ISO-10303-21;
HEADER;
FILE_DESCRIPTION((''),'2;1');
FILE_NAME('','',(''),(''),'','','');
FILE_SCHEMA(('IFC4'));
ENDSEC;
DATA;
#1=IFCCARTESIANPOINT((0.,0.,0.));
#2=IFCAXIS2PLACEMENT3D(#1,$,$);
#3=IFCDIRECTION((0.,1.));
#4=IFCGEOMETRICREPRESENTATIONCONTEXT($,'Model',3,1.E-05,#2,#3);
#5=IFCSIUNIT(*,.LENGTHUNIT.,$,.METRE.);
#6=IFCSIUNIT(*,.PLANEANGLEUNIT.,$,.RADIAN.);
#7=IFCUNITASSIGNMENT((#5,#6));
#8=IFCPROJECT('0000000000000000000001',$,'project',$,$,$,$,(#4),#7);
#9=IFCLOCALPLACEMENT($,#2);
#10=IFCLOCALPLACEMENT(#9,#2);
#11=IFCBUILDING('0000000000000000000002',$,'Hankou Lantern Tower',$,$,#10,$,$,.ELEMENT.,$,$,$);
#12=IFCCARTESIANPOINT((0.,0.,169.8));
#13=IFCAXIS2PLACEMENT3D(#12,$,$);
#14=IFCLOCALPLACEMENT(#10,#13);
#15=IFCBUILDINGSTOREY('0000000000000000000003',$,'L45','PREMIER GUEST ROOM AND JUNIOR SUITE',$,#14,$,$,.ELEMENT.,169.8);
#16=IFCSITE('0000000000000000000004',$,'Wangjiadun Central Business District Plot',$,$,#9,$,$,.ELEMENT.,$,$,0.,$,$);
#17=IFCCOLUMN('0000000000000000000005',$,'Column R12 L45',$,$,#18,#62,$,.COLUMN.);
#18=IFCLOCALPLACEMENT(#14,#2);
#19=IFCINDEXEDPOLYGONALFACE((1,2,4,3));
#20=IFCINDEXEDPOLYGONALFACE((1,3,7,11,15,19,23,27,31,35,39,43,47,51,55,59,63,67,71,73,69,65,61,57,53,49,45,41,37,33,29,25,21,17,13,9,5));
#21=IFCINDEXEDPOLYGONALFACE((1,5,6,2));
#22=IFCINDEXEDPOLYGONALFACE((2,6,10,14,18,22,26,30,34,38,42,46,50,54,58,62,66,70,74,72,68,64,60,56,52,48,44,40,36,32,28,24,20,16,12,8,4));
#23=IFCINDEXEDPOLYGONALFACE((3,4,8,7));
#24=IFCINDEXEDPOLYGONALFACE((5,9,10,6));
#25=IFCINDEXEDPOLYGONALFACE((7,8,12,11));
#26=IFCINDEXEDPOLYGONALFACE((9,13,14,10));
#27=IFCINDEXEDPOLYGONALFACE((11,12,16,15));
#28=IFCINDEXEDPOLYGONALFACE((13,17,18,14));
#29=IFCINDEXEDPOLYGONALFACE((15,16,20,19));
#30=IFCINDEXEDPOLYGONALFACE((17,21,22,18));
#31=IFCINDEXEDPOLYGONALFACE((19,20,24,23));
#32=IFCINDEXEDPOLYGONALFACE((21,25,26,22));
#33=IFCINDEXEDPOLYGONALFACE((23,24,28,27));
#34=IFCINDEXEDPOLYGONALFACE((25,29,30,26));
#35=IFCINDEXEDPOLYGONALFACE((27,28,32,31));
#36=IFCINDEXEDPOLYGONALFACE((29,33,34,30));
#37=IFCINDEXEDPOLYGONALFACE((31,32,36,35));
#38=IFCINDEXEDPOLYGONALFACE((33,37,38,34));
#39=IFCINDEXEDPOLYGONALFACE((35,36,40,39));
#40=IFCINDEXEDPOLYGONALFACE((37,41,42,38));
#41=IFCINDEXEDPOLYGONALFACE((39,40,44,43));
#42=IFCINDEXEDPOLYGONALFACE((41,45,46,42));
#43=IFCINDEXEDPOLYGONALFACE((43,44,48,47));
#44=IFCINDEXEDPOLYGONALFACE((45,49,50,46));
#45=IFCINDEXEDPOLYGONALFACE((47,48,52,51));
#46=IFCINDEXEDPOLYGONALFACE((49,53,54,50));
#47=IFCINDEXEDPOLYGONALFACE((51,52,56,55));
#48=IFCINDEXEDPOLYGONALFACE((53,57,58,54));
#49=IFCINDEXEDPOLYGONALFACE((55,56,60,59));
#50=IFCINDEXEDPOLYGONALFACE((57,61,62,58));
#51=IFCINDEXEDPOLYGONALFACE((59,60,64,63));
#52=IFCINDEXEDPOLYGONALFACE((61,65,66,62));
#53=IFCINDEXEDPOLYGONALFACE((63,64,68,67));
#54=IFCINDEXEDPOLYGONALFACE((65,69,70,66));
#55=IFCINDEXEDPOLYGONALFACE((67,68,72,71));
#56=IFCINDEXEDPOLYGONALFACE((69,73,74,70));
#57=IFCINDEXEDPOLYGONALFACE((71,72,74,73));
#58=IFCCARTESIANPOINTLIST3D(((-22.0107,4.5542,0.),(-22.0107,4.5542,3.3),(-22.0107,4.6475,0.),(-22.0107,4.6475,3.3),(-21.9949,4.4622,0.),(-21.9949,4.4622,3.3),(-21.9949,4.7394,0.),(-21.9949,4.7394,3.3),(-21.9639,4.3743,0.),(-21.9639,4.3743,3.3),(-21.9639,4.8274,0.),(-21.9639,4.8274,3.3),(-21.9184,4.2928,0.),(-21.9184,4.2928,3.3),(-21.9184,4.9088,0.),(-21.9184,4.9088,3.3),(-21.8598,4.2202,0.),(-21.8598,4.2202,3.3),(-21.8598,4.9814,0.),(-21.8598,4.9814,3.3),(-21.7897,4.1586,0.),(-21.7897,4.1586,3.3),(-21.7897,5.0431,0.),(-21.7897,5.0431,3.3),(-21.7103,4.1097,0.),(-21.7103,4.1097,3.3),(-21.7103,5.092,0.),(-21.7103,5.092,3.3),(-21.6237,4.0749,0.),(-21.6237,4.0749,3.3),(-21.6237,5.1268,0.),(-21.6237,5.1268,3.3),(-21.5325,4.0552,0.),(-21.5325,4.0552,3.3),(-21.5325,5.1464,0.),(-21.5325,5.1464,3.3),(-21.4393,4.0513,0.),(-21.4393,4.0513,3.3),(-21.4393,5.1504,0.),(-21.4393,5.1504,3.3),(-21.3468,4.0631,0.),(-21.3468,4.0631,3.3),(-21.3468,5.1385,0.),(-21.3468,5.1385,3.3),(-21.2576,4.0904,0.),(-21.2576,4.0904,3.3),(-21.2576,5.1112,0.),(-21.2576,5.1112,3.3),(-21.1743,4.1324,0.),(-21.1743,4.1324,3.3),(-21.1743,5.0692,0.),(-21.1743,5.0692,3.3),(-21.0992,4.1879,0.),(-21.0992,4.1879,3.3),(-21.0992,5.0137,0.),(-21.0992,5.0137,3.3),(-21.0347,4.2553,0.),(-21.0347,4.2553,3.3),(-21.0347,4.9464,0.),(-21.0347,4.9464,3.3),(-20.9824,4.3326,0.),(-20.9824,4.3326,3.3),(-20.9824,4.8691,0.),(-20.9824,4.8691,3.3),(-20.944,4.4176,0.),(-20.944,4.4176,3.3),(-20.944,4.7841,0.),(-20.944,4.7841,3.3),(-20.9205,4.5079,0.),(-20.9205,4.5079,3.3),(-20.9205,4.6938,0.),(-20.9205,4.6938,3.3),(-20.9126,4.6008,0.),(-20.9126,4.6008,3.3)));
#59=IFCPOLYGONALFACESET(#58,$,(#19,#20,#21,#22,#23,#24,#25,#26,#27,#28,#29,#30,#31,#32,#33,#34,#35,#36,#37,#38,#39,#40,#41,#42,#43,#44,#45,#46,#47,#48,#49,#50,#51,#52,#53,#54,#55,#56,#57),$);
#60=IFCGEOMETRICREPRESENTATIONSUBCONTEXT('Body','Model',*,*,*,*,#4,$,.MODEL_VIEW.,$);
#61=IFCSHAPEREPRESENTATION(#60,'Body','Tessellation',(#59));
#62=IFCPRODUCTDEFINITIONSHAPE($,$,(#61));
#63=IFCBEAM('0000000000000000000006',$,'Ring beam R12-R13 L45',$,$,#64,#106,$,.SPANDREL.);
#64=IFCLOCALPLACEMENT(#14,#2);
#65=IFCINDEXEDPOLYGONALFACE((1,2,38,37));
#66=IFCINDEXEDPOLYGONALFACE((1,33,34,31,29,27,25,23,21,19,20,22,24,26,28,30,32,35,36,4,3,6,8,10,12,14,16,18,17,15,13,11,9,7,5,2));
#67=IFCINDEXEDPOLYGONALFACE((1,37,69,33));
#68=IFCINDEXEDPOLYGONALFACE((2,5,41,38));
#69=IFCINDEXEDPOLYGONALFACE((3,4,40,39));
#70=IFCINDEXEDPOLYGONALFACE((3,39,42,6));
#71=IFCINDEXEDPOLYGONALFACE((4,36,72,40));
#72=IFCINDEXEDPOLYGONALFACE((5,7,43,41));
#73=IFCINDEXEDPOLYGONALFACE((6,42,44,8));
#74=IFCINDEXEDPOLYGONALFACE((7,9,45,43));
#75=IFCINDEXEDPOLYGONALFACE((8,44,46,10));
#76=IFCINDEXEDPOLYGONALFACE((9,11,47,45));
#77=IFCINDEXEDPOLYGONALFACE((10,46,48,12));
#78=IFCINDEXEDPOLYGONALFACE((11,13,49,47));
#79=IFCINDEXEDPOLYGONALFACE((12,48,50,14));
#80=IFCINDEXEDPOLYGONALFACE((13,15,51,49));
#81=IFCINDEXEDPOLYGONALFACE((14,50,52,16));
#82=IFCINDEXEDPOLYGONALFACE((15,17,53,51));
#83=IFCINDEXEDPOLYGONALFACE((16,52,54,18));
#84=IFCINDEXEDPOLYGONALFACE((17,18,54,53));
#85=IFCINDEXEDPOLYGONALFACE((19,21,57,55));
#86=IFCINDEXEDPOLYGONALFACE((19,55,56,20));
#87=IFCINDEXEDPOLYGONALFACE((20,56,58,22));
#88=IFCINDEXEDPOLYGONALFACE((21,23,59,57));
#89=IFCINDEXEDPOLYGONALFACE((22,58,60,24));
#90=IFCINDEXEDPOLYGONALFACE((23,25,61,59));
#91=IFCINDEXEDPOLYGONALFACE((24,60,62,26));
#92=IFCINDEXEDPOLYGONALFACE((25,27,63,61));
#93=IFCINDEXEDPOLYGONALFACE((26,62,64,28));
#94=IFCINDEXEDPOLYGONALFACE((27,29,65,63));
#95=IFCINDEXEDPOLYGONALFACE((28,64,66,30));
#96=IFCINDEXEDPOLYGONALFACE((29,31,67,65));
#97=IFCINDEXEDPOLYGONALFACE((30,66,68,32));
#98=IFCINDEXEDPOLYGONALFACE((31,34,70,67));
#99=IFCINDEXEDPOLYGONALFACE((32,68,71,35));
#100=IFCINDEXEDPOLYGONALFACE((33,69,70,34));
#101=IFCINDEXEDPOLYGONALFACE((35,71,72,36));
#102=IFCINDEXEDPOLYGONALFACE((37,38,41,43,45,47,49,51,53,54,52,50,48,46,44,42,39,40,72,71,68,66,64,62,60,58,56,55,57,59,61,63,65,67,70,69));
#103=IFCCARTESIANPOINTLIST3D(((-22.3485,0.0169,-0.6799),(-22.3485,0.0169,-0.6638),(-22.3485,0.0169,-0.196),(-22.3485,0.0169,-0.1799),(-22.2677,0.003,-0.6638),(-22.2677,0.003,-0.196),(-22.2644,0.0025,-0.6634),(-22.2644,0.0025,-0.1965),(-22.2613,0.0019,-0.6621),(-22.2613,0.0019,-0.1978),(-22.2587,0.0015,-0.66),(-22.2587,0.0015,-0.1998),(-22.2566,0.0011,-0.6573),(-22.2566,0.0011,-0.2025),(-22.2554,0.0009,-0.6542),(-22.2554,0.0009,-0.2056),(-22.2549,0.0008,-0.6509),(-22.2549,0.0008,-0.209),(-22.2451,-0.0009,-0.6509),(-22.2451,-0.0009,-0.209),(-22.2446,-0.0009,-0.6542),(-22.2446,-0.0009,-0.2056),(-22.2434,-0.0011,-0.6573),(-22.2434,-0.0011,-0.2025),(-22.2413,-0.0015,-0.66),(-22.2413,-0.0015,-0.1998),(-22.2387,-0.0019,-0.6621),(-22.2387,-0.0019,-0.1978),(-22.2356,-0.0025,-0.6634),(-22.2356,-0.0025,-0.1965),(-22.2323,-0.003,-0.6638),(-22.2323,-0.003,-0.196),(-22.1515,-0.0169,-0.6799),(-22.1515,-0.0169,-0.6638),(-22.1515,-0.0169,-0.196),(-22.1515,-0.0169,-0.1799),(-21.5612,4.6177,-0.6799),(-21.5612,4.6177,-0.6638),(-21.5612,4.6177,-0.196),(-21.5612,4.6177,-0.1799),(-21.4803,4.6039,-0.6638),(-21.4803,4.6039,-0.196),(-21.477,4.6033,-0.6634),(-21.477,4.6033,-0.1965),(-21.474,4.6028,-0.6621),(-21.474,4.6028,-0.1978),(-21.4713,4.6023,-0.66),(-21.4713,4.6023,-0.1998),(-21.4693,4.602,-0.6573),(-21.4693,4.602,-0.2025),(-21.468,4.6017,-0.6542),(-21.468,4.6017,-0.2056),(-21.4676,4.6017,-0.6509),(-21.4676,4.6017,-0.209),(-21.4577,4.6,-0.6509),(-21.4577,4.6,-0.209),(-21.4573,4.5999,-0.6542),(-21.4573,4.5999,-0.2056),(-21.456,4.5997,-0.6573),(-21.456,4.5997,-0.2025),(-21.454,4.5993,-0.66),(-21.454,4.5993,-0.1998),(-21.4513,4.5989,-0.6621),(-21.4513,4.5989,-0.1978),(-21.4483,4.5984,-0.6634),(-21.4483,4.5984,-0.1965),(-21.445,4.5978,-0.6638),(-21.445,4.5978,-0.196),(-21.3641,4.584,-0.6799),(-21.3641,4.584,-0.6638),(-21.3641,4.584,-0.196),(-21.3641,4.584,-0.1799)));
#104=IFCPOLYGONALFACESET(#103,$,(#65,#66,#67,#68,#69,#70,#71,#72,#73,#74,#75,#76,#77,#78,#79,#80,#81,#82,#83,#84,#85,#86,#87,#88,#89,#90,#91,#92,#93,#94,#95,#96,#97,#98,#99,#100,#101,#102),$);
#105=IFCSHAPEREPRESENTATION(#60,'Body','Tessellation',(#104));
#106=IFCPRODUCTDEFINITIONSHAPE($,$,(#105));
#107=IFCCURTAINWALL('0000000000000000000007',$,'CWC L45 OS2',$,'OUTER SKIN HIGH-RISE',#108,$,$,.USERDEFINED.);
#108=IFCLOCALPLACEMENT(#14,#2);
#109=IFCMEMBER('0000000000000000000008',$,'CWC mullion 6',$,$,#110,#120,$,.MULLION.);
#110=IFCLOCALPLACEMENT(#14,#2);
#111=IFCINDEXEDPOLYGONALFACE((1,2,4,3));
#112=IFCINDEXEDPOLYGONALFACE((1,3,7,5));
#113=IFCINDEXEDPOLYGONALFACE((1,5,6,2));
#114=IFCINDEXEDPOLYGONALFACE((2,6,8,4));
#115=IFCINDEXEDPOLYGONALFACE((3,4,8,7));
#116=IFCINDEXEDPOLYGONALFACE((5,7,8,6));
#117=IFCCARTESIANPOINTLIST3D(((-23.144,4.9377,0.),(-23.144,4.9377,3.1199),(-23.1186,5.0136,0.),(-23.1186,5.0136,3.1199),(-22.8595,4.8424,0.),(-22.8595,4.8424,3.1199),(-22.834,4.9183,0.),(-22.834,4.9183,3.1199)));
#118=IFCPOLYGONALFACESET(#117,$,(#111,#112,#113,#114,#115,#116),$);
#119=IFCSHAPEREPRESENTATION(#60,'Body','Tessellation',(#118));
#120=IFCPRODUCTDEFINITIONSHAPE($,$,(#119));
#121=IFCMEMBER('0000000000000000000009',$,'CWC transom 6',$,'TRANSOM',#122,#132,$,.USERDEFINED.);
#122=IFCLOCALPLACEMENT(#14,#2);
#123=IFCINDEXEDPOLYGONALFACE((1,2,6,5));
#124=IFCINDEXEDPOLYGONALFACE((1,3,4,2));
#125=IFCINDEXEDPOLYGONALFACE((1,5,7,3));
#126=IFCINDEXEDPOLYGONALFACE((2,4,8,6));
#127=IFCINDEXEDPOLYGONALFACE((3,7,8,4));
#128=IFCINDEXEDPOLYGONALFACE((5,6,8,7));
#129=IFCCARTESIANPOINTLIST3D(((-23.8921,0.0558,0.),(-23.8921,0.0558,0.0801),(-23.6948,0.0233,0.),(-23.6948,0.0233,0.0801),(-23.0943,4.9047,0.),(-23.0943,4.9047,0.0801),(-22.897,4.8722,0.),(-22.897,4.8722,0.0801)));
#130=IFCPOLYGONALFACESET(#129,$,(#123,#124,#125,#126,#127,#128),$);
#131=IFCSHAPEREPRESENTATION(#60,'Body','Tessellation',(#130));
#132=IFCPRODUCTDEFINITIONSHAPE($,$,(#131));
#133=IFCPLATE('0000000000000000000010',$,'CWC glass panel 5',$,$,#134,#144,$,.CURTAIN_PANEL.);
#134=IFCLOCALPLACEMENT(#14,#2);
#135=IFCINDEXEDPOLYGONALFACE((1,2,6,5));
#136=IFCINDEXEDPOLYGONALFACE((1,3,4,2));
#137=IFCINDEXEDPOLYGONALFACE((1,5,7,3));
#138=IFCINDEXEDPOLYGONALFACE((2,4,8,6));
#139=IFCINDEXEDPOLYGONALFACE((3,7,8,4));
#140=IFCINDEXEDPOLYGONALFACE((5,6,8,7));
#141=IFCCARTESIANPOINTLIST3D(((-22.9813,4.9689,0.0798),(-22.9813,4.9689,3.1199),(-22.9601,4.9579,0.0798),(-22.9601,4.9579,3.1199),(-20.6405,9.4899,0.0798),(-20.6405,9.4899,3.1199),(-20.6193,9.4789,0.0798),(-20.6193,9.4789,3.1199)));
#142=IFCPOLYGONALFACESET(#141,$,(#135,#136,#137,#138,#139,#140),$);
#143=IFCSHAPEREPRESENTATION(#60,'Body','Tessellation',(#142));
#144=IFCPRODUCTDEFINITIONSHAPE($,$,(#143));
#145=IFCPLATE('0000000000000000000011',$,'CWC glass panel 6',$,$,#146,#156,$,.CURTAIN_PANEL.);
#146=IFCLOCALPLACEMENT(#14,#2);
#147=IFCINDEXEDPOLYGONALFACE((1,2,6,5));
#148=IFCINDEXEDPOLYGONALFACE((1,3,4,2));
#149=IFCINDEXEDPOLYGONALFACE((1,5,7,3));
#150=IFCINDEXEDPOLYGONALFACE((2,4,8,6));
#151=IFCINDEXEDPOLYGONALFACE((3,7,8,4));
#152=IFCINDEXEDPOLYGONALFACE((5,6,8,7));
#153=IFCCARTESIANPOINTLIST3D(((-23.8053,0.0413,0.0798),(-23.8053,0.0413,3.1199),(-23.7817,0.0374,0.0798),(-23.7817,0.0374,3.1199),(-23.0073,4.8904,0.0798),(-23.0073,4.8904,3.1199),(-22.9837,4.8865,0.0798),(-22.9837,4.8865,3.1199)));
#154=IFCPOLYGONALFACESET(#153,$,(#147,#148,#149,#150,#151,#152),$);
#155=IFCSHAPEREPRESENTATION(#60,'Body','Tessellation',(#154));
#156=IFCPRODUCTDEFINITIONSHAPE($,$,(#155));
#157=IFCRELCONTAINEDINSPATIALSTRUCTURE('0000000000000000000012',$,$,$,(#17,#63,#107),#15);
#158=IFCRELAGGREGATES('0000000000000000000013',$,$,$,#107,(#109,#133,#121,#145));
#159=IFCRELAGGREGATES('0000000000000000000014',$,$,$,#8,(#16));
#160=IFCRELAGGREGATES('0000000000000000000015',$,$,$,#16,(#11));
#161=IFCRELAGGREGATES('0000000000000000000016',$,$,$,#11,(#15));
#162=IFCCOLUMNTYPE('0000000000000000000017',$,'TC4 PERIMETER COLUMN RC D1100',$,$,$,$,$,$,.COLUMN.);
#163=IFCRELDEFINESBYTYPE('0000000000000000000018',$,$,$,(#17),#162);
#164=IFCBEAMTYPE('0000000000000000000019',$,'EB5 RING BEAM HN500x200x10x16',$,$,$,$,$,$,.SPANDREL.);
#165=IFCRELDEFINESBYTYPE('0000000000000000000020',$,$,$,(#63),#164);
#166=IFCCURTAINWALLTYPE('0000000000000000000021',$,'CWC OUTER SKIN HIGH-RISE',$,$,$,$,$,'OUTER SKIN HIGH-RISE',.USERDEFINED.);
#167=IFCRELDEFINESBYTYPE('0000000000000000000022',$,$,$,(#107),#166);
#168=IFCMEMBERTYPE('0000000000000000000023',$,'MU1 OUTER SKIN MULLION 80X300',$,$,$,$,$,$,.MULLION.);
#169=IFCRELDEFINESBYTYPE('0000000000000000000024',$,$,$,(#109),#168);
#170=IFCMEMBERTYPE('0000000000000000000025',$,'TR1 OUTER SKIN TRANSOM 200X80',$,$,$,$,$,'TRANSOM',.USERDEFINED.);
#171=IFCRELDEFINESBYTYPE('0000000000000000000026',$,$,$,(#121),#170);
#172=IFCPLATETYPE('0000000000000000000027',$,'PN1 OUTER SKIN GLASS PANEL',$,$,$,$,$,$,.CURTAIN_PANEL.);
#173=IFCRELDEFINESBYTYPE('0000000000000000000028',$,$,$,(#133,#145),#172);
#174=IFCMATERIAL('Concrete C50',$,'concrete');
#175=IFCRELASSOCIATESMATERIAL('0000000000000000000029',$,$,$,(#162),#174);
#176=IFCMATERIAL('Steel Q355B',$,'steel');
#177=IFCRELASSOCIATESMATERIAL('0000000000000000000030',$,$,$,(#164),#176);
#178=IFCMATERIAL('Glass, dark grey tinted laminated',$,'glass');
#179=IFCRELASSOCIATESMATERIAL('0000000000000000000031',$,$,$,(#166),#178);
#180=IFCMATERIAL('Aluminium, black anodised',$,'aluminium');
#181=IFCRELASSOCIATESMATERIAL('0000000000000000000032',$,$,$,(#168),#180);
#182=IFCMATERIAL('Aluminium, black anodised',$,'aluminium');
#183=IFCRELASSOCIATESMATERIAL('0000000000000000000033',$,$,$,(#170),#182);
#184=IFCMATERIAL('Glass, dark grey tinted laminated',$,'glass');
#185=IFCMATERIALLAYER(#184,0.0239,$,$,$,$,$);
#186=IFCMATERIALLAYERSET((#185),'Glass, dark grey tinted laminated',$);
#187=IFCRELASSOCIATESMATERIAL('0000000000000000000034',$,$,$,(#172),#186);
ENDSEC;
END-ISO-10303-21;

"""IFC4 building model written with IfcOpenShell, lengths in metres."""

from ifc_helpers import new_model, si_unit, direction, frame, origin, origin_2d, place, context, subcontext, project, spatial, rectangle, circle, i_section, extrude, material, layer, layer_set, material_profile, profile_set, type_object, element, aggregate, save


model = new_model("IFC4")

# Units and contexts
model_context = context("Model", 3, precision=1e-05, world=origin(), true_north=direction((0.0, 1.0)))
body_context = subcontext(model_context, "Body", "Model", "MODEL_VIEW")
ifc_project = project(units=[si_unit("LENGTHUNIT", "METRE"), si_unit("PLANEANGLEUNIT", "RADIAN")], contexts=[model_context])

# Site, building, storey
site_placement = place(None, origin())
site = spatial("IfcSite", under=ifc_project, at=site_placement, Name="Wangjiadun Central Business District Plot", CompositionType="ELEMENT", RefElevation=0.0)
building_placement = place(site_placement, origin())
building = spatial("IfcBuilding", under=site, at=building_placement, Name="Hankou Lantern Tower", CompositionType="ELEMENT")
storey_placement = place(building_placement, frame((0.0, 0.0, 169.8)))
storey = spatial("IfcBuildingStorey", under=building, at=storey_placement, Name="L45", Description="PREMIER GUEST ROOM AND JUNIOR SUITE", CompositionType="ELEMENT", Elevation=169.8)

# Column
ifc_material_1 = material(Name="Concrete C50", Category="concrete")
ifc_material_profile_1 = material_profile(ifc_material_1, circle(Radius=0.55, at=origin_2d()), Name="RC D1100")
ifc_profile_set_1 = profile_set([ifc_material_profile_1], Name="Concrete C50")
column_type = type_object("IfcColumnType", Name="TC4 PERIMETER COLUMN RC D1100", PredefinedType="COLUMN", material=ifc_profile_set_1)
column_placement = place(storey_placement, frame((-21.4626, 4.6008, 0.0), z_axis=(0.0, 0.0, 1.0), x_axis=(1.0, 0.0, 0.0)))
element("IfcColumn", 1, at=column_placement, inside=storey, type_object=column_type, Name="Column R12 L45", PredefinedType="COLUMN", context=body_context, shape_type="SweptSolid", body=[
    extrude(circle(Radius=0.55, at=origin_2d()), origin(), (0.0, 0.0, 1.0), 3.3),
])

# Beam
ifc_material_2 = material(Name="Steel Q355B", Category="steel")
ifc_material_profile_2 = material_profile(ifc_material_2, i_section(OverallWidth=0.2, OverallDepth=0.5, WebThickness=0.01, FlangeThickness=0.0161, FilletRadius=0.0129, at=origin_2d()), Name="HN500x200x10x16")
ifc_profile_set_2 = profile_set([ifc_material_profile_2], Name="Steel Q355B")
beam_type = type_object("IfcBeamType", Name="EB5 RING BEAM HN500x200x10x16", PredefinedType="SPANDREL", material=ifc_profile_set_2)
beam_placement = place(storey_placement, frame((-21.4626, 4.6008, -0.4299), z_axis=(-0.168681, -0.985671, 0.0), x_axis=(0.985671, -0.168681, 0.0)))
element("IfcBeam", 2, at=beam_placement, inside=storey, type_object=beam_type, Name="Ring beam R12-R13 L45", PredefinedType="SPANDREL", context=body_context, shape_type="SweptSolid", body=[
    extrude(i_section(OverallWidth=0.2, OverallDepth=0.5, WebThickness=0.01, FlangeThickness=0.0161, FilletRadius=0.0129, at=origin_2d()), origin(), (0.0, 0.0, 1.0), 4.6677),
])

# Curtain wall, members, plates
ifc_material_3 = material(Name="Glass, dark grey tinted laminated", Category="glass")
curtain_wall_type = type_object("IfcCurtainWallType", Name="CWC OUTER SKIN HIGH-RISE", ElementType="OUTER SKIN HIGH-RISE", PredefinedType="USERDEFINED", material=ifc_material_3)
curtain_wall_placement = place(storey_placement, origin())
curtain_wall = element("IfcCurtainWall", 3, at=curtain_wall_placement, inside=storey, type_object=curtain_wall_type, Name="CWC L45 OS2", ObjectType="OUTER SKIN HIGH-RISE", PredefinedType="USERDEFINED")
ifc_material_4 = material(Name="Aluminium, black anodised", Category="aluminium")
ifc_material_profile_3 = material_profile(ifc_material_4, rectangle(XDim=0.0801, YDim=0.3, at=origin_2d()), Name="MU1 80X300")
ifc_profile_set_3 = profile_set([ifc_material_profile_3], Name="Aluminium, black anodised")
member_type_1 = type_object("IfcMemberType", Name="MU1 OUTER SKIN MULLION 80X300", PredefinedType="MULLION", material=ifc_profile_set_3)
member_1_placement = place(storey_placement, frame((-22.989, 4.928, 0.0), z_axis=(0.0, 0.0, 1.0), x_axis=(-0.317596, -0.948226, 0.0)))
member_1 = element("IfcMember", 4, at=member_1_placement, type_object=member_type_1, Name="CWC mullion 6", PredefinedType="MULLION", context=body_context, shape_type="SweptSolid", body=[
    extrude(rectangle(XDim=0.0801, YDim=0.3, at=origin_2d()), origin(), (0.0, 0.0, 1.0), 3.1199),
])
ifc_material_5 = material(Name="Aluminium, black anodised", Category="aluminium")
ifc_material_profile_4 = material_profile(ifc_material_5, rectangle(XDim=0.2, YDim=0.0801, at=origin_2d()), Name="TR1 200X80")
ifc_profile_set_4 = profile_set([ifc_material_profile_4], Name="Aluminium, black anodised")
member_type_2 = type_object("IfcMemberType", Name="TR1 OUTER SKIN TRANSOM 200X80", ElementType="TRANSOM", PredefinedType="USERDEFINED", material=ifc_profile_set_4)
member_2_placement = place(storey_placement, frame((-22.9956, 4.8884, 0.04), z_axis=(-0.16236, -0.986732, 0.0), x_axis=(0.986732, -0.16236, 0.0)))
member_2 = element("IfcMember", 5, at=member_2_placement, type_object=member_type_2, Name="CWC transom 6", ObjectType="TRANSOM", PredefinedType="USERDEFINED", context=body_context, shape_type="SweptSolid", body=[
    extrude(rectangle(XDim=0.2, YDim=0.0801, at=origin_2d()), origin(), (0.0, 0.0, 1.0), 4.9141),
])
ifc_material_6 = material(Name="Glass, dark grey tinted laminated", Category="glass")
ifc_layer_1 = layer(ifc_material_6, 0.0239)
ifc_layer_set_1 = layer_set([ifc_layer_1], Name="Glass, dark grey tinted laminated")
plate_type = type_object("IfcPlateType", Name="PN1 OUTER SKIN GLASS PANEL", PredefinedType="CURTAIN_PANEL", material=ifc_layer_set_1)
plate_1_placement = place(storey_placement, frame((-21.8003, 7.2239, 0.0798), z_axis=(0.0, 0.0, 1.0), x_axis=(-0.459791, -0.888027, 0.0)))
plate_1 = element("IfcPlate", 6, at=plate_1_placement, type_object=plate_type, Name="CWC glass panel 5", PredefinedType="CURTAIN_PANEL", context=body_context, shape_type="SweptSolid", body=[
    extrude(rectangle(XDim=5.0911, YDim=0.0239, at=origin_2d()), origin(), (0.0, 0.0, 1.0), 3.04),
])
plate_2_placement = place(storey_placement, frame((-23.3945, 2.4639, 0.0798), z_axis=(0.0, 0.0, 1.0), x_axis=(-0.162382, -0.986728, 0.0)))
plate_2 = element("IfcPlate", 7, at=plate_2_placement, type_object=plate_type, Name="CWC glass panel 6", PredefinedType="CURTAIN_PANEL", context=body_context, shape_type="SweptSolid", body=[
    extrude(rectangle(XDim=4.9143, YDim=0.0239, at=origin_2d()), origin(), (0.0, 0.0, 1.0), 3.04),
])
aggregate(curtain_wall, [member_1, plate_1, member_2, plate_2])

save(model, "model.ifc")
